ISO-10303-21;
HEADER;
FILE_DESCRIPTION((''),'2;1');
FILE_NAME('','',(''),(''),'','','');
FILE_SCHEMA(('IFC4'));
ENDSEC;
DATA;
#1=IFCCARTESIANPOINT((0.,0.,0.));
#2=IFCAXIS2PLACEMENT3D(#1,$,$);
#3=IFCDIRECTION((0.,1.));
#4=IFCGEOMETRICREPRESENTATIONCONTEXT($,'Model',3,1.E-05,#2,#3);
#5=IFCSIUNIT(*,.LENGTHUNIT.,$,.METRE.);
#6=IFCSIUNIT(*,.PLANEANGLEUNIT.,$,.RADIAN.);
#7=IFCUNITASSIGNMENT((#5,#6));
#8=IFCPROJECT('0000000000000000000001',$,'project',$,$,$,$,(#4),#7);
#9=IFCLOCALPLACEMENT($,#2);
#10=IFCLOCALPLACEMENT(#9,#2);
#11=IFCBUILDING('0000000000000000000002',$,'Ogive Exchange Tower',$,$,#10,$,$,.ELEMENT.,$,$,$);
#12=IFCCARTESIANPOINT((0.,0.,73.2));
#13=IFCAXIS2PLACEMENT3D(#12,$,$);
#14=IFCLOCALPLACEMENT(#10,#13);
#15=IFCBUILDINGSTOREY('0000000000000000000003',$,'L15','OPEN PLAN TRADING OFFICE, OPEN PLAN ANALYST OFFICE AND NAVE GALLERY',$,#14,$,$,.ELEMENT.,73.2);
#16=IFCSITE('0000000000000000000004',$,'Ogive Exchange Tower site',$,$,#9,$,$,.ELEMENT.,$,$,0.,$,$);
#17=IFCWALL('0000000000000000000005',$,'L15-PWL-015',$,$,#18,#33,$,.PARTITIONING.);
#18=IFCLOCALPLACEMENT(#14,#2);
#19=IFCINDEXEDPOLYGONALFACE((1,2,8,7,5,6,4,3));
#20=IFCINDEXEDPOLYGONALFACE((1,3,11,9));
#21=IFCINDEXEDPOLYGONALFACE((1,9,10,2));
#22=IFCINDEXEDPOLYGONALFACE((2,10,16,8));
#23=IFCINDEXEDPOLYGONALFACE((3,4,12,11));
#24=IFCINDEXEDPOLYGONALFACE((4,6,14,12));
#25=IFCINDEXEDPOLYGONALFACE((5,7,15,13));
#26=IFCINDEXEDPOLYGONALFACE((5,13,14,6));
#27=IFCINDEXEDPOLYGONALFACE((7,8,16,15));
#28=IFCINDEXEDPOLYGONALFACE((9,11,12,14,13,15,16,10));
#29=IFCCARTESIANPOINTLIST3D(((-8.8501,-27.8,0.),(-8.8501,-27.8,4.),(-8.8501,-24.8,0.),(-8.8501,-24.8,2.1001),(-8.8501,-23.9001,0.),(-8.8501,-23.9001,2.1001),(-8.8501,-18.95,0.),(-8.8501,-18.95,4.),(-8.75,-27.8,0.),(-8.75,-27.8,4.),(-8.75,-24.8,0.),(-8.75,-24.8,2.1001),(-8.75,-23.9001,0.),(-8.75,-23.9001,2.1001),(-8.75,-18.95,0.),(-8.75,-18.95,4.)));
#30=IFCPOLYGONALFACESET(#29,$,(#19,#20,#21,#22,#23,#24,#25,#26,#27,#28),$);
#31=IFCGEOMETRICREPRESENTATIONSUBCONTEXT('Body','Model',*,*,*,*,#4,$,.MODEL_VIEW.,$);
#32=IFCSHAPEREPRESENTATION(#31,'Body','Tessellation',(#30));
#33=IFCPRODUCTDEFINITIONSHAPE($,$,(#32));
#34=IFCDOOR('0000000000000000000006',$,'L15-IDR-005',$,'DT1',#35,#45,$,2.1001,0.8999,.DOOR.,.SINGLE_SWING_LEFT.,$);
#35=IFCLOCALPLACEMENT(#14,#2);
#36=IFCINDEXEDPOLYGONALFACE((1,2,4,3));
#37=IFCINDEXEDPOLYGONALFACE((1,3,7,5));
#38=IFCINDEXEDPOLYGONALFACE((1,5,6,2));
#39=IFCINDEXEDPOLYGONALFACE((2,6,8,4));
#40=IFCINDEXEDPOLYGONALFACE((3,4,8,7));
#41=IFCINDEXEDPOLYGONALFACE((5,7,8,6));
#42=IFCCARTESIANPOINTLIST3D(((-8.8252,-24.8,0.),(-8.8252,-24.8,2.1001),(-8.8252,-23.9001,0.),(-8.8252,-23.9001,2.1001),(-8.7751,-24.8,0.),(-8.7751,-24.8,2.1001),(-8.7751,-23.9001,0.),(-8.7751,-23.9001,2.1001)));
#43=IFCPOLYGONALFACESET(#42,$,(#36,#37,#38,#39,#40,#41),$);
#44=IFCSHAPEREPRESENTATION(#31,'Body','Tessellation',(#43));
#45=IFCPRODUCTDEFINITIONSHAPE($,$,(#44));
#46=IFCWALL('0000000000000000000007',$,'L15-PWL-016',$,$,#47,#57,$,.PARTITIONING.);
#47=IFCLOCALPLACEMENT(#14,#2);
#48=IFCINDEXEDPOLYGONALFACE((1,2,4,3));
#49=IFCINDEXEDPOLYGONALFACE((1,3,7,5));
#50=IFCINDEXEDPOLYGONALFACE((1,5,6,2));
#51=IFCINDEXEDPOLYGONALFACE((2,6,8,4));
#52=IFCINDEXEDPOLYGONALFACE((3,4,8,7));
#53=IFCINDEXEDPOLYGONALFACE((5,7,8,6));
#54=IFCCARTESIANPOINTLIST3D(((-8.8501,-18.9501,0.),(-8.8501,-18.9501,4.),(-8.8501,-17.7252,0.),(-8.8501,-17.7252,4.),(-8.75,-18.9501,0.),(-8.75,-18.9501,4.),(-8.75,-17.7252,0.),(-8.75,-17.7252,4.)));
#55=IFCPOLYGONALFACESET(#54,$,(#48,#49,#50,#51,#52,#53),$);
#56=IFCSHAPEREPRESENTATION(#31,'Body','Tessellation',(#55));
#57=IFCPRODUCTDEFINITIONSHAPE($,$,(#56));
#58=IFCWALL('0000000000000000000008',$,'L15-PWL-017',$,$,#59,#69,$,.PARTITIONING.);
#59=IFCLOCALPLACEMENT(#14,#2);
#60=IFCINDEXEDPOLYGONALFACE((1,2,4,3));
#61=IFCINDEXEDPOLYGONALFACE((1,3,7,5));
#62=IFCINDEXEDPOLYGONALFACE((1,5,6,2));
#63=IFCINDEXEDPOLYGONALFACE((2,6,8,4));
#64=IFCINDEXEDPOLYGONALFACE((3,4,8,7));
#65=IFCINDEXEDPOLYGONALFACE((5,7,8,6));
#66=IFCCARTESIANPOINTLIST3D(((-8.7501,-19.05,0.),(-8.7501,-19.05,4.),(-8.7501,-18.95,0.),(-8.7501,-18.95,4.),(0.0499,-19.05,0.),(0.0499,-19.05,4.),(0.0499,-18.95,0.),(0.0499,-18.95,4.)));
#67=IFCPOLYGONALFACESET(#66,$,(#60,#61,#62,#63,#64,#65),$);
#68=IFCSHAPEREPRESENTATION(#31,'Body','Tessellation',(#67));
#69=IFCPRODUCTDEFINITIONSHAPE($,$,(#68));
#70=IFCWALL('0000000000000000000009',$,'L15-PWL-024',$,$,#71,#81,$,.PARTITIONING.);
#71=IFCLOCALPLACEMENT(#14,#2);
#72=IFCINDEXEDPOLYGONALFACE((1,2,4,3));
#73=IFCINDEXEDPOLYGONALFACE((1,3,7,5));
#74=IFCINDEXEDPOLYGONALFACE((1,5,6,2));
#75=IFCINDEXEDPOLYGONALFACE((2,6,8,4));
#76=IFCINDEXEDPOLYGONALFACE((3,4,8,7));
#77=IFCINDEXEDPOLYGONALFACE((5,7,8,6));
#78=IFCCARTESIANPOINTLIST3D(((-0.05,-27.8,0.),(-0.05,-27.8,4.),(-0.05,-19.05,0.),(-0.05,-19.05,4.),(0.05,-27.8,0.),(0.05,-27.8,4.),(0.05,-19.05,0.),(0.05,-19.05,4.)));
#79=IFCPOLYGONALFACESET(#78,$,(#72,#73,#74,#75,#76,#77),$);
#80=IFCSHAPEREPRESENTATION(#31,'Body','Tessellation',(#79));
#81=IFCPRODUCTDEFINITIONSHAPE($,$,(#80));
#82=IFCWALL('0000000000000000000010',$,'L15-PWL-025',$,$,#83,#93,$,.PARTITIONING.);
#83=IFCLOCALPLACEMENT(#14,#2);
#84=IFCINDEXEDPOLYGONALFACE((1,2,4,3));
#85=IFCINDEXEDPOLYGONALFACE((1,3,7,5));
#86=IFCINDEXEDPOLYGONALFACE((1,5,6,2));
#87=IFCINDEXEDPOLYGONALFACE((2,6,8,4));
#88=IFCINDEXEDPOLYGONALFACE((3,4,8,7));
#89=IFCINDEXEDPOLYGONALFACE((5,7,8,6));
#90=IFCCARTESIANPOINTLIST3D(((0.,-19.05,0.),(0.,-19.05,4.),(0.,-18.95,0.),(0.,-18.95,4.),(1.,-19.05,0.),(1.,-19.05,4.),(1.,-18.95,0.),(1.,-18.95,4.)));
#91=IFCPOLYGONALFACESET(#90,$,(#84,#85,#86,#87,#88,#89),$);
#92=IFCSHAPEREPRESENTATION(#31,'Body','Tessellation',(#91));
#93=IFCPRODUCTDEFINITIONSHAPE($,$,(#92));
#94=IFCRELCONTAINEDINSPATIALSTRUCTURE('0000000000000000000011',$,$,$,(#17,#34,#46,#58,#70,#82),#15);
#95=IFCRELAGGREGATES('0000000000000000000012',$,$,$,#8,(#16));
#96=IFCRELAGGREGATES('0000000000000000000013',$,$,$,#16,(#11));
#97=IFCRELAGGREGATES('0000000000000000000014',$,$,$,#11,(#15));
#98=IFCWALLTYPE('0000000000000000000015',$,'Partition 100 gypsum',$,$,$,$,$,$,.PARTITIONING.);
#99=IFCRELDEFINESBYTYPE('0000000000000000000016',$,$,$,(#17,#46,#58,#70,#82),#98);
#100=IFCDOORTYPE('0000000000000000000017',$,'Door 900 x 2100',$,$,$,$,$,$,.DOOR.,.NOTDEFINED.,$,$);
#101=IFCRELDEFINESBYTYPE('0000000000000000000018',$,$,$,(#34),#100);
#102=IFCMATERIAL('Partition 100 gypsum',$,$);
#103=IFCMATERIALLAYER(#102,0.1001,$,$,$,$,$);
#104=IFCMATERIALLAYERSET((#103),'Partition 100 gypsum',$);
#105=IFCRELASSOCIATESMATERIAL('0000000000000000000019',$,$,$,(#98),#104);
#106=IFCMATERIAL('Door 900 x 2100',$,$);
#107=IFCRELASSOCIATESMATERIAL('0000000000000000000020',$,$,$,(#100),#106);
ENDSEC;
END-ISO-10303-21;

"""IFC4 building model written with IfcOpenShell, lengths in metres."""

from ifc_helpers import new_model, si_unit, direction, frame, frame_2d, origin, place, context, subcontext, project, spatial, rectangle, extrude, material, layer, layer_set, type_object, element, fill, save


model = new_model("IFC4")

# Units and contexts
model_context = context("Model", 3, precision=1e-05, world=origin(), true_north=direction((0.0, 1.0)))
body_context = subcontext(model_context, "Body", "Model", "MODEL_VIEW")
ifc_project = project(units=[si_unit("LENGTHUNIT", "METRE"), si_unit("PLANEANGLEUNIT", "RADIAN")], contexts=[model_context])

# Site, building, storey
site_placement = place(None, origin())
site = spatial("IfcSite", under=ifc_project, at=site_placement, Name="Ogive Exchange Tower site", CompositionType="ELEMENT", RefElevation=0.0)
building_placement = place(site_placement, origin())
building = spatial("IfcBuilding", under=site, at=building_placement, Name="Ogive Exchange Tower", CompositionType="ELEMENT")
storey_placement = place(building_placement, frame((0.0, 0.0, 73.2)))
storey = spatial("IfcBuildingStorey", under=building, at=storey_placement, Name="L15", Description="OPEN PLAN TRADING OFFICE, OPEN PLAN ANALYST OFFICE AND NAVE GALLERY", CompositionType="ELEMENT", Elevation=73.2)

# Shared definitions
ifc_material_1 = material(Name="Partition 100 gypsum")
ifc_layer_1 = layer(ifc_material_1, 0.1001)
ifc_layer_set_1 = layer_set([ifc_layer_1], Name="Partition 100 gypsum")
wall_type_1 = type_object("IfcWallType", Name="Partition 100 gypsum", PredefinedType="PARTITIONING", material=ifc_layer_set_1)

# Wall, opening, door
wall_1_placement = place(storey_placement, frame((-8.8, -27.8, 0.0), z_axis=(0.0, 0.0, 1.0), x_axis=(0.0, 1.0, 0.0)))
wall_1 = element("IfcWall", 1, at=wall_1_placement, inside=storey, type_object=wall_type_1, Name="L15-PWL-015", PredefinedType="PARTITIONING", context=body_context, shape_type="SweptSolid", body=[
    extrude(rectangle(XDim=8.8501, YDim=0.1001, at=frame_2d((4.425, 0.0))), origin(), (0.0, 0.0, 1.0), 4.0),
])
opening_1_placement = place(wall_1_placement, frame((3.0, 0.0, 0.0)))
opening_1 = element("IfcOpeningElement", 2, at=opening_1_placement, cuts=wall_1, PredefinedType="OPENING", context=body_context, shape_type="SweptSolid", body=[
    extrude(rectangle(XDim=0.8999, YDim=2.1001, at=frame_2d((0.45, 1.05))), frame((0.0, 0.0601, 0.0), z_axis=(0.0, -1.0, 0.0), x_axis=(1.0, 0.0, 0.0)), (0.0, 0.0, 1.0), 0.1201),
])
ifc_material_2 = material(Name="Door 900 x 2100")
door_type_1 = type_object("IfcDoorType", Name="Door 900 x 2100", OperationType="NOTDEFINED", PredefinedType="DOOR", material=ifc_material_2)
door_1_placement = place(opening_1_placement, frame((0.8999, 0.0, 0.0), z_axis=(0.0, 0.0, 1.0), x_axis=(-1.0, 0.0, 0.0)))
door_1 = element("IfcDoor", 3, at=door_1_placement, inside=storey, type_object=door_type_1, Name="L15-IDR-005", ObjectType="DT1", OperationType="SINGLE_SWING_LEFT", OverallHeight=2.1001, OverallWidth=0.8999, PredefinedType="DOOR", context=body_context, shape_type="SweptSolid", body=[
    extrude(rectangle(XDim=0.8999, YDim=2.1001, at=frame_2d((0.45, 1.05))), frame((0.0, 0.0249, 0.0), z_axis=(0.0, -1.0, 0.0), x_axis=(1.0, 0.0, 0.0)), (0.0, 0.0, 1.0), 0.05),
])
fill(opening_1, door_1)

# Walls
wall_2_placement = place(storey_placement, frame((-8.8, -18.95, 0.0), z_axis=(0.0, 0.0, 1.0), x_axis=(0.0, 1.0, 0.0)))
element("IfcWall", 4, at=wall_2_placement, inside=storey, type_object=wall_type_1, Name="L15-PWL-016", PredefinedType="PARTITIONING", context=body_context, shape_type="SweptSolid", body=[
    extrude(rectangle(XDim=1.2249, YDim=0.1001, at=frame_2d((0.6123, 0.0))), origin(), (0.0, 0.0, 1.0), 4.0),
])
wall_3_placement = place(storey_placement, frame((-8.75, -19.0, 0.0), z_axis=(0.0, 0.0, 1.0), x_axis=(1.0, 0.0, 0.0)))
element("IfcWall", 5, at=wall_3_placement, inside=storey, type_object=wall_type_1, Name="L15-PWL-017", PredefinedType="PARTITIONING", context=body_context, shape_type="SweptSolid", body=[
    extrude(rectangle(XDim=8.8, YDim=0.1001, at=frame_2d((4.3999, 0.0))), origin(), (0.0, 0.0, 1.0), 4.0),
])
wall_4_placement = place(storey_placement, frame((0.0, -19.05, 0.0), z_axis=(0.0, 0.0, 1.0), x_axis=(0.0, -1.0, 0.0)))
element("IfcWall", 6, at=wall_4_placement, inside=storey, type_object=wall_type_1, Name="L15-PWL-024", PredefinedType="PARTITIONING", context=body_context, shape_type="SweptSolid", body=[
    extrude(rectangle(XDim=8.75, YDim=0.1001, at=frame_2d((4.375, 0.0))), origin(), (0.0, 0.0, 1.0), 4.0),
])
wall_5_placement = place(storey_placement, frame((0.0, -19.0, 0.0), z_axis=(0.0, 0.0, 1.0), x_axis=(1.0, 0.0, 0.0)))
element("IfcWall", 7, at=wall_5_placement, inside=storey, type_object=wall_type_1, Name="L15-PWL-025", PredefinedType="PARTITIONING", context=body_context, shape_type="SweptSolid", body=[
    extrude(rectangle(XDim=1.0, YDim=0.1001, at=frame_2d((0.5, 0.0))), origin(), (0.0, 0.0, 1.0), 4.0),
])

save(model, "model.ifc")
